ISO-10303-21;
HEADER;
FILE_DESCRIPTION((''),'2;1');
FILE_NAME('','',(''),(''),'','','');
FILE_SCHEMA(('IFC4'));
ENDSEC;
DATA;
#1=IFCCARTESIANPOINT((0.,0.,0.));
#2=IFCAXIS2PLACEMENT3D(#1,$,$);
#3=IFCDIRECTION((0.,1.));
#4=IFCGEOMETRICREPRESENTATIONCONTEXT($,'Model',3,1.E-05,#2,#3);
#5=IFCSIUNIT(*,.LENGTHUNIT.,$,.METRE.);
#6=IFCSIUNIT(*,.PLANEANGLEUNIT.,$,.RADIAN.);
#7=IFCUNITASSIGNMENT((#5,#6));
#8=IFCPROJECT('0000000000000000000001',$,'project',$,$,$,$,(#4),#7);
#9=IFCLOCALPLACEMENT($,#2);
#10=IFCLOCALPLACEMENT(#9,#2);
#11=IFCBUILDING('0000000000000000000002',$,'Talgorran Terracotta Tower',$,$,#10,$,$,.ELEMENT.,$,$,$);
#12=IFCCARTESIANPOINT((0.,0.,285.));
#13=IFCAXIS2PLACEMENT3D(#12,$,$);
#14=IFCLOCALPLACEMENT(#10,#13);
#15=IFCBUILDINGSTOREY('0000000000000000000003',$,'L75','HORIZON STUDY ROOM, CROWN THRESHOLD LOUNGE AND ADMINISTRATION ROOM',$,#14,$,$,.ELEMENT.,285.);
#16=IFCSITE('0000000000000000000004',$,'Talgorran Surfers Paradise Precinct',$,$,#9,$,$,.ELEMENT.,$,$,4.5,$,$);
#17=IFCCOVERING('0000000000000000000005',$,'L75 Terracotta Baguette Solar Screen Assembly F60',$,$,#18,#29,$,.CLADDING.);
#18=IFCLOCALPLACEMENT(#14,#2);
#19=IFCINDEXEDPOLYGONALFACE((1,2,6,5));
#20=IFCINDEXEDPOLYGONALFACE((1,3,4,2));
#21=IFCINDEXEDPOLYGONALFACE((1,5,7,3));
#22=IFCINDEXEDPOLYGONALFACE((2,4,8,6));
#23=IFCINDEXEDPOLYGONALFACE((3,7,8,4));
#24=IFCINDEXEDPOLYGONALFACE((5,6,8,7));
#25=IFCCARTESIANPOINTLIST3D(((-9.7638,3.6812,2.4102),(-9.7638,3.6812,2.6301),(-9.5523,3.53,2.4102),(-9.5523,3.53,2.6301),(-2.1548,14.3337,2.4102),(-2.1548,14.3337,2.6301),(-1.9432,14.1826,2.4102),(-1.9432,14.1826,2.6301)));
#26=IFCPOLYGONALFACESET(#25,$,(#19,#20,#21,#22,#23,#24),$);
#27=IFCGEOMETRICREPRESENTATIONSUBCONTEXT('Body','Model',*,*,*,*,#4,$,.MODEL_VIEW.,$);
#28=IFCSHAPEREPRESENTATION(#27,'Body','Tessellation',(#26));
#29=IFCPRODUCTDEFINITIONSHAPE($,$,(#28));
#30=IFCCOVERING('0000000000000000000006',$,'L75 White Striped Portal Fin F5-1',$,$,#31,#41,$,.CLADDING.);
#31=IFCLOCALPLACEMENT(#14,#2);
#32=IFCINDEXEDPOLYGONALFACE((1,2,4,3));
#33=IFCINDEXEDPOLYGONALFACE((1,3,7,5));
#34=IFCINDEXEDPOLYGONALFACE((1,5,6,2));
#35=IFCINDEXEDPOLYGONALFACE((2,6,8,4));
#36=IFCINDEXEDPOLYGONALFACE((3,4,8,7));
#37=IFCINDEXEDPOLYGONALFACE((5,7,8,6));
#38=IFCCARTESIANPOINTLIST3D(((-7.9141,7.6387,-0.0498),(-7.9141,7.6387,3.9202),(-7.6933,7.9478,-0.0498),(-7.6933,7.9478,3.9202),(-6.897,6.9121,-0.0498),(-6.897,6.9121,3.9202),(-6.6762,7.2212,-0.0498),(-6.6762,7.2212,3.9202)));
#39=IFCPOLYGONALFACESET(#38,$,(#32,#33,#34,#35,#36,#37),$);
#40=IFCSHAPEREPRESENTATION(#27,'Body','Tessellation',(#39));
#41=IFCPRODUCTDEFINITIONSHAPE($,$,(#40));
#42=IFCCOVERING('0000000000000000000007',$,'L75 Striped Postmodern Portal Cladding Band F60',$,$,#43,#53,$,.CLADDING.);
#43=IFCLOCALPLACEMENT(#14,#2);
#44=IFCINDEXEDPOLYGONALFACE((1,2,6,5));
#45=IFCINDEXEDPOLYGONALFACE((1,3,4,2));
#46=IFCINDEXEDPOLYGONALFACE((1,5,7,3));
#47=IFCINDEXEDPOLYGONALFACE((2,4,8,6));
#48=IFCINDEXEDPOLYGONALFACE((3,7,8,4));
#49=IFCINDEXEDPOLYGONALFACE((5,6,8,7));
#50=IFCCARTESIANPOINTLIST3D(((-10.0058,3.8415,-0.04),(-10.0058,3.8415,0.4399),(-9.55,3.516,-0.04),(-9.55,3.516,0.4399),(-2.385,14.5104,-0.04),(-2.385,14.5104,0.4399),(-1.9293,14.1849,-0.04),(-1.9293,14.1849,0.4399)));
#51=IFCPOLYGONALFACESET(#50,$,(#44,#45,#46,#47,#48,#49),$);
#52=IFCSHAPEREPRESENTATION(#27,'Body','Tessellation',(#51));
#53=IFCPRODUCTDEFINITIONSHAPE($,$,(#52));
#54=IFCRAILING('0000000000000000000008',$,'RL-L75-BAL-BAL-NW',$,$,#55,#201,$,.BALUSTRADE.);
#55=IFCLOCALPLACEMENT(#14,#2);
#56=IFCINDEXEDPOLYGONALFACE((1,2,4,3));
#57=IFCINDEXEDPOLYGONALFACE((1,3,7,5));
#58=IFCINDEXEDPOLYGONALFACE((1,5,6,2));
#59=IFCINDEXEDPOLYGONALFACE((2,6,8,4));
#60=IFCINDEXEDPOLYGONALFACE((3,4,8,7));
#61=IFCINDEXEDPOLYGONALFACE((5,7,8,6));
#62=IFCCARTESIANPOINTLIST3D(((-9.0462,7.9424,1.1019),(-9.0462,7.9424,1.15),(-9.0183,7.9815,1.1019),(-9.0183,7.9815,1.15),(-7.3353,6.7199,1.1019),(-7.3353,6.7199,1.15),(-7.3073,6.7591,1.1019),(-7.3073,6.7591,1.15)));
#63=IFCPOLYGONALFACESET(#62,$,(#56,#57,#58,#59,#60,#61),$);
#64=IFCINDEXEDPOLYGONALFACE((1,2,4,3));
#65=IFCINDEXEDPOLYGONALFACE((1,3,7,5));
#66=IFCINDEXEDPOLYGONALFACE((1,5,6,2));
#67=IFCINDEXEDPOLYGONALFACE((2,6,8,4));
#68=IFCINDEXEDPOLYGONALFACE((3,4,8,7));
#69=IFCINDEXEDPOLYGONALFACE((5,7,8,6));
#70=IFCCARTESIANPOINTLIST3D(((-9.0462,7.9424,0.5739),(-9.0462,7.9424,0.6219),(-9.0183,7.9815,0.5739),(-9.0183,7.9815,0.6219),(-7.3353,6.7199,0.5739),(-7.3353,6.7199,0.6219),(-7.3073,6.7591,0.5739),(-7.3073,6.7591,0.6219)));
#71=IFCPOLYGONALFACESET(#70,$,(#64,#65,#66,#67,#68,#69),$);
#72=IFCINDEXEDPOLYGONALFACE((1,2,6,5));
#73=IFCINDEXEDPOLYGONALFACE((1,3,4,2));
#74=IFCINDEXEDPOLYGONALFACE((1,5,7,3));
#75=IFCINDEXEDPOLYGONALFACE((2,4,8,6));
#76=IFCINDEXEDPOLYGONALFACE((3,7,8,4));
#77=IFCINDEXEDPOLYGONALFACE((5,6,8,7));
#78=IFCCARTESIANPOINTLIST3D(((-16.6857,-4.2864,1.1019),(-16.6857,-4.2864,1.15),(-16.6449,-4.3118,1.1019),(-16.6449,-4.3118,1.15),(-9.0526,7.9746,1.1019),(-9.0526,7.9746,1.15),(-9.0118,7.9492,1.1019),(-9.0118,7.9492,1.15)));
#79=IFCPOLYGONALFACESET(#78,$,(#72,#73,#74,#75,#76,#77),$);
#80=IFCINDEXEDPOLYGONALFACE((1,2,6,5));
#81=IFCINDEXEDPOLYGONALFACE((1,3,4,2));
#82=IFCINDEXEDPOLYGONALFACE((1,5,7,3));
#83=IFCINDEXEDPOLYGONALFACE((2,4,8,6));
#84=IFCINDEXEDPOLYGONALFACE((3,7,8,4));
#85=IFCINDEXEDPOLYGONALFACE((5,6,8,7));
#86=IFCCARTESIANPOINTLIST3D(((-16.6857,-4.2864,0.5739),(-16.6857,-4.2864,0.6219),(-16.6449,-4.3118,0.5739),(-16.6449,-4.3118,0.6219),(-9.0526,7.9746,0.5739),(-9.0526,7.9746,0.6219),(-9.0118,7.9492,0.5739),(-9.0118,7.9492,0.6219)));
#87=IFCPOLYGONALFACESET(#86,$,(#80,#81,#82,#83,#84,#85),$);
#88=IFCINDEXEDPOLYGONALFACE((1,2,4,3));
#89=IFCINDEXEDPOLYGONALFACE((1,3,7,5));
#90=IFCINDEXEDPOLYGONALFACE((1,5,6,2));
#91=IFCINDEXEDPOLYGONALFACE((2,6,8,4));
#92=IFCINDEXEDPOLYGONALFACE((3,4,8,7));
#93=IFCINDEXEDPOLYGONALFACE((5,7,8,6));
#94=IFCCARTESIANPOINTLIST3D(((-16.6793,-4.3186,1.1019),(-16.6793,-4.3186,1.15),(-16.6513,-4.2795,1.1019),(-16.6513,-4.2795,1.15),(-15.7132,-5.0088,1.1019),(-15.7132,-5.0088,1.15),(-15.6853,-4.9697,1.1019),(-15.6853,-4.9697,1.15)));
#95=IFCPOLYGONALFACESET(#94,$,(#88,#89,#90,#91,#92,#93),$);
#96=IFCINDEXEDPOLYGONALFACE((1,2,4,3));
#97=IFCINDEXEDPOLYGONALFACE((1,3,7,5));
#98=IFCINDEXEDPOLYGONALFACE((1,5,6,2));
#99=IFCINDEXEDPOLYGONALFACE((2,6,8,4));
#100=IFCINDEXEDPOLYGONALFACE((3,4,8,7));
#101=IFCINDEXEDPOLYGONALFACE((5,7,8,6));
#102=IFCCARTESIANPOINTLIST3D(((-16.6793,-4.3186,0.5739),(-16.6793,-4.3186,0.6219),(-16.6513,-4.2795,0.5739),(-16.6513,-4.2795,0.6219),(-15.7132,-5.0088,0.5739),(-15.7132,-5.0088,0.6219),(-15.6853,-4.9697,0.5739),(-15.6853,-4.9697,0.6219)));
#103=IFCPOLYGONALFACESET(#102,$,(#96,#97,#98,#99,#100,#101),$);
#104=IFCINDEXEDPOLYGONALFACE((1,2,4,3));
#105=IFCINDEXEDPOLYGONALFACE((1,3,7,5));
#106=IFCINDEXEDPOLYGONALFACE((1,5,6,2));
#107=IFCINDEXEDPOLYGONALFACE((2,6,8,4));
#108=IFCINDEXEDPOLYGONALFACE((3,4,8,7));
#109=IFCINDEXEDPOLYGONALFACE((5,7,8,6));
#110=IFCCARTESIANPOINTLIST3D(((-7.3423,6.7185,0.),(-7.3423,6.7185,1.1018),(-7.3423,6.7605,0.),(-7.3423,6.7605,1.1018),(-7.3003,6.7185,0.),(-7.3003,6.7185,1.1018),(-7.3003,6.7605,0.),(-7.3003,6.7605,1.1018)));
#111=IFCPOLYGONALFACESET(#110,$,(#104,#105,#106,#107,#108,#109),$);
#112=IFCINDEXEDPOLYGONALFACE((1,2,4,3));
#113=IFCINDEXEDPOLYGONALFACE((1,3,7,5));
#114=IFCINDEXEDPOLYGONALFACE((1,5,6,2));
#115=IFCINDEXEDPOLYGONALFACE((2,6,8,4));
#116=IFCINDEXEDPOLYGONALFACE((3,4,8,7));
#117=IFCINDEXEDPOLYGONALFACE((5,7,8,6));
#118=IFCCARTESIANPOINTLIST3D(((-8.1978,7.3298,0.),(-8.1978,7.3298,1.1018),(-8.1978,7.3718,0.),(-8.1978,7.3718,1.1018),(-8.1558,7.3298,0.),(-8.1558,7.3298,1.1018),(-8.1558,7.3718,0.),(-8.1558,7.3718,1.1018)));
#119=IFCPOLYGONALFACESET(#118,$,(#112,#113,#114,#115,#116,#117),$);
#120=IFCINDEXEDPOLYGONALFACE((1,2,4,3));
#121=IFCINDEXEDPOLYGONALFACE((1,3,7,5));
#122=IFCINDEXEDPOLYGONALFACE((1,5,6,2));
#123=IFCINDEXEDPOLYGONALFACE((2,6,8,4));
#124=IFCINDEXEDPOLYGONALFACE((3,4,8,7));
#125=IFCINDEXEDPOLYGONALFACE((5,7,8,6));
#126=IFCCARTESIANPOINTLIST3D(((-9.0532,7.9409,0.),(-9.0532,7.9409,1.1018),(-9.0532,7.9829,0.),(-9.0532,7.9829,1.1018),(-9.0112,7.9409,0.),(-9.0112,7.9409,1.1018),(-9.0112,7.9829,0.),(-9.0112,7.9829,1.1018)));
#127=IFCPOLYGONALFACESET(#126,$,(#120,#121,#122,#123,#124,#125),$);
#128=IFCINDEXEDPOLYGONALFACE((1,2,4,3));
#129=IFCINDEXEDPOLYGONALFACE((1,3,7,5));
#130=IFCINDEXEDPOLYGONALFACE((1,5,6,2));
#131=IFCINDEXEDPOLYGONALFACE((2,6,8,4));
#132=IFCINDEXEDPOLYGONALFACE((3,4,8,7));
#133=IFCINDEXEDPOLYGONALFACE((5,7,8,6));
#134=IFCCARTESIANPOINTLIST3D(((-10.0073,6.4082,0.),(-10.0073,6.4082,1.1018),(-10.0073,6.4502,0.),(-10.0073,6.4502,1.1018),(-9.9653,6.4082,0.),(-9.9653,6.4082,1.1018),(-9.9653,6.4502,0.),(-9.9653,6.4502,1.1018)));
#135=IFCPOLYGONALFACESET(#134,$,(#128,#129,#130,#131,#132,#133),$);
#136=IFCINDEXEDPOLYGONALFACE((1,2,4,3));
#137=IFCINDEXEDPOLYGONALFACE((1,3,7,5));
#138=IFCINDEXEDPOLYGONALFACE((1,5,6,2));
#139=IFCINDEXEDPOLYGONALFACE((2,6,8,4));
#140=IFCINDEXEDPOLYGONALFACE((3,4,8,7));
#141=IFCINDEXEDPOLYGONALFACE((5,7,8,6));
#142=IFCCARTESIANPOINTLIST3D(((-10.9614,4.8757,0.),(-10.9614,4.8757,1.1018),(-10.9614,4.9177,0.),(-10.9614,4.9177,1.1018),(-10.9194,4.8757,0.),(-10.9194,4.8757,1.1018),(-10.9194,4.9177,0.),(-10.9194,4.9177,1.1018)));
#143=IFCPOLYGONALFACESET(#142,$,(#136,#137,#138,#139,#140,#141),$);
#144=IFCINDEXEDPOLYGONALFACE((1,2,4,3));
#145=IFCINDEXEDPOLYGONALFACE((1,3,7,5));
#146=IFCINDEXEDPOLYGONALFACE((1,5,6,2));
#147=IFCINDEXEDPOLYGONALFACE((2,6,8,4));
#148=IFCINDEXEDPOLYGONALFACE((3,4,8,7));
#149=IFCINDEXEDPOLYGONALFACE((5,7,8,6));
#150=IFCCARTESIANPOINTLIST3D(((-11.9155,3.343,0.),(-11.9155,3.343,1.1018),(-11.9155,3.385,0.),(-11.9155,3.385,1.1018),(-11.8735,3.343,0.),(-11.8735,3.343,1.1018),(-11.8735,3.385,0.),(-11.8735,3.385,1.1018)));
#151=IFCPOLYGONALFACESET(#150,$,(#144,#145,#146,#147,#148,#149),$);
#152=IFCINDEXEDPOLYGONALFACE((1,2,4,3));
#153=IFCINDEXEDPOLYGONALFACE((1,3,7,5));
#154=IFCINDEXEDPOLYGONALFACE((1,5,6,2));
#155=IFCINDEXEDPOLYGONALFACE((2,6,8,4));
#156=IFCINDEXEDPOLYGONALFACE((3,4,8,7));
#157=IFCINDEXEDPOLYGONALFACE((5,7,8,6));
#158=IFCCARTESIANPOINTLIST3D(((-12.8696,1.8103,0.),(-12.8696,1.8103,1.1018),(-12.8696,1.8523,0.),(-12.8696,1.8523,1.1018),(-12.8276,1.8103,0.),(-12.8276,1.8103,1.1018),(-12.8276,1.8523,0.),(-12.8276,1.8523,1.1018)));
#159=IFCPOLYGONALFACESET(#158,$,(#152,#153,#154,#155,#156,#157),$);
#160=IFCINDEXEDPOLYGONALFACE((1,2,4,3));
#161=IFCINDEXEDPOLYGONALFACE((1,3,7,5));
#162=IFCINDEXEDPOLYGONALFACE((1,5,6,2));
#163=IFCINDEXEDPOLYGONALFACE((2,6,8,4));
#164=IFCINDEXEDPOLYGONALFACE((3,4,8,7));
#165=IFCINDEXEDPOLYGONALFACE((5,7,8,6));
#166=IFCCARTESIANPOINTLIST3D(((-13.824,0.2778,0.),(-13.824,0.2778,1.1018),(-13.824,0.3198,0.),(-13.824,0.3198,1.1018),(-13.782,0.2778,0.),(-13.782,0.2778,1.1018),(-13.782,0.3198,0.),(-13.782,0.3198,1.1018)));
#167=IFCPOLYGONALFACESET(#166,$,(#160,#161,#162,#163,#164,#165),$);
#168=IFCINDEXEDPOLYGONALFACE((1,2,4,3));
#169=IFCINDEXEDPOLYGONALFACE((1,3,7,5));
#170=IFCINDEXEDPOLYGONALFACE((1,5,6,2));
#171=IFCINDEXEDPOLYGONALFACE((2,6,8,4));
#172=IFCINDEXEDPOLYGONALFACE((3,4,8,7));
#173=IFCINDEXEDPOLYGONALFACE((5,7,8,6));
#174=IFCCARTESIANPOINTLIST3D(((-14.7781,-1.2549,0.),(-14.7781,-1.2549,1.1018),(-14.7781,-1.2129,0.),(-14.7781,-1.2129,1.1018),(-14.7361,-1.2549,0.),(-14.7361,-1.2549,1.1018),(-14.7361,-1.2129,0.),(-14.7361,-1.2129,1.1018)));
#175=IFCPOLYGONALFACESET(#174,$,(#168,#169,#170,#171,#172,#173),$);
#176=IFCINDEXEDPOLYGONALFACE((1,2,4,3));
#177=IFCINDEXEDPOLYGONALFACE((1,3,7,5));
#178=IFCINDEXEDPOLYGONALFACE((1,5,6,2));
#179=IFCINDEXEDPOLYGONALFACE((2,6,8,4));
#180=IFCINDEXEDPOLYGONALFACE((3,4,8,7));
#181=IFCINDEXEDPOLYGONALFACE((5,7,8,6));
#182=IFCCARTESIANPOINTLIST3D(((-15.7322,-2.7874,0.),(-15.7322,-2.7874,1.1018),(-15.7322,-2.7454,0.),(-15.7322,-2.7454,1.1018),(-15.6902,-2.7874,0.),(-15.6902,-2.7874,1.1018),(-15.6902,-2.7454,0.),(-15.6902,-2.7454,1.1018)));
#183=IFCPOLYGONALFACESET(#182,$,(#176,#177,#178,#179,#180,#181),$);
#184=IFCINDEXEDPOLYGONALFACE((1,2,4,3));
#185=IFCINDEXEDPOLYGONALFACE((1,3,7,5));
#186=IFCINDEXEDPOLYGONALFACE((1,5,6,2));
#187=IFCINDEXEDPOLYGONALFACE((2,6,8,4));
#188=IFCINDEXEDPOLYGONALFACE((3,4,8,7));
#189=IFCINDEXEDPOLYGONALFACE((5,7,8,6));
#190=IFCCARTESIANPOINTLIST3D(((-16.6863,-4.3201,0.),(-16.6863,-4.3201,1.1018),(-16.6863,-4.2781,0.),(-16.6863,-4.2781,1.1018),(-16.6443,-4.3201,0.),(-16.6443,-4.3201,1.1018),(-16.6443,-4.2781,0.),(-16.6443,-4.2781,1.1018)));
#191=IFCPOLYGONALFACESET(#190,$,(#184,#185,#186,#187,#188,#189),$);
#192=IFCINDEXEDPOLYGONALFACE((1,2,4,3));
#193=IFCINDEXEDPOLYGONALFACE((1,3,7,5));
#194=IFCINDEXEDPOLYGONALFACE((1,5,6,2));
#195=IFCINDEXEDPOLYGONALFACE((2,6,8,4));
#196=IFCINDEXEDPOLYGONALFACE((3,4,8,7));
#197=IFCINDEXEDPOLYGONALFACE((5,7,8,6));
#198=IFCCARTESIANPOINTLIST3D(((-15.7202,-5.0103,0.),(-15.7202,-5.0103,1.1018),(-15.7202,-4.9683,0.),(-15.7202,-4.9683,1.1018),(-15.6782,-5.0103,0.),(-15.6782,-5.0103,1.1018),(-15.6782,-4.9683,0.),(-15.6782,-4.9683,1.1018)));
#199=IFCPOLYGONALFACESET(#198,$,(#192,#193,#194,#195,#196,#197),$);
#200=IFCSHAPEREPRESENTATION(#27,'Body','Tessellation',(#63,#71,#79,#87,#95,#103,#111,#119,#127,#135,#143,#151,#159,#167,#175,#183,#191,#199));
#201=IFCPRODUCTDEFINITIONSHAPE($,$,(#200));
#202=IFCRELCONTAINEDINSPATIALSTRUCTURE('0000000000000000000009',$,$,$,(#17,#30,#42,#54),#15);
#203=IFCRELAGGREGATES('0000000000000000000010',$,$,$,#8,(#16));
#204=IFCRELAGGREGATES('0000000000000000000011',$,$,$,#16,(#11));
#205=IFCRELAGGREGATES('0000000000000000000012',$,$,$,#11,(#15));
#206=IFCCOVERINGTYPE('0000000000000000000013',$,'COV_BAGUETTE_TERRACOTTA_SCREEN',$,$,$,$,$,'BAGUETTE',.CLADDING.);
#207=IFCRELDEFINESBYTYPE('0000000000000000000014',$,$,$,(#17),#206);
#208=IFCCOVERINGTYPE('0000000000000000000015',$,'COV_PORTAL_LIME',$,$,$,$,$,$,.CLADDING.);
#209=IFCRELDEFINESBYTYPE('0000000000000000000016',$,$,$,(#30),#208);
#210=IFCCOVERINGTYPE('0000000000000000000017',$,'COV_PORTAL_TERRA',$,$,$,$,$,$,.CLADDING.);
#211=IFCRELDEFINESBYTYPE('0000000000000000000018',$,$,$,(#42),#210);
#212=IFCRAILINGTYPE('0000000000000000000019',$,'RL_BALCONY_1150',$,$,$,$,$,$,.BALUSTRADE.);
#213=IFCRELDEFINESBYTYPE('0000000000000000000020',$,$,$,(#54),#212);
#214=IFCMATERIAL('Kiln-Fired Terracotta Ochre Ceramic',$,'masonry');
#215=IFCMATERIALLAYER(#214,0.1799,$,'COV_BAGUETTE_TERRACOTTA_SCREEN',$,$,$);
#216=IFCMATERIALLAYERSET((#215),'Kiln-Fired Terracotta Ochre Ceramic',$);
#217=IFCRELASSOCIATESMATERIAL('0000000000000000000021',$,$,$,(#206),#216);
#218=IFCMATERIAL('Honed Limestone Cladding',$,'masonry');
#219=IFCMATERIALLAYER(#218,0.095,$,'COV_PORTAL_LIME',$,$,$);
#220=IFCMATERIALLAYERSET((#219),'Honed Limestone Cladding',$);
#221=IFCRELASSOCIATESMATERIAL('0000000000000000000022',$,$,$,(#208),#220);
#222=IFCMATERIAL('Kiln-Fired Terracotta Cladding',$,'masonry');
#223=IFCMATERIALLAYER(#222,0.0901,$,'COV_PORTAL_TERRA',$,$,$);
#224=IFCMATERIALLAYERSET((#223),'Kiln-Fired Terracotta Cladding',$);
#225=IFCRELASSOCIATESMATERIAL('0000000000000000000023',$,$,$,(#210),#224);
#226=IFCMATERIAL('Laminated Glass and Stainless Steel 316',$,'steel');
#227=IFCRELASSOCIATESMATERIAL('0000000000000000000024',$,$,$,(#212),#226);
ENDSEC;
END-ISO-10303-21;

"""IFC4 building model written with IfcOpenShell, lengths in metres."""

from ifc_helpers import new_model, si_unit, direction, frame, origin, origin_2d, place, context, subcontext, project, spatial, rectangle, extrude, material, layer, layer_set, type_object, element, save


model = new_model("IFC4")

# Units and contexts
model_context = context("Model", 3, precision=1e-05, world=origin(), true_north=direction((0.0, 1.0)))
body_context = subcontext(model_context, "Body", "Model", "MODEL_VIEW")
ifc_project = project(units=[si_unit("LENGTHUNIT", "METRE"), si_unit("PLANEANGLEUNIT", "RADIAN")], contexts=[model_context])

# Site, building, storey
site_placement = place(None, origin())
site = spatial("IfcSite", under=ifc_project, at=site_placement, Name="Talgorran Surfers Paradise Precinct", CompositionType="ELEMENT", RefElevation=4.5)
building_placement = place(site_placement, origin())
building = spatial("IfcBuilding", under=site, at=building_placement, Name="Talgorran Terracotta Tower", CompositionType="ELEMENT")
storey_placement = place(building_placement, frame((0.0, 0.0, 285.0)))
storey = spatial("IfcBuildingStorey", under=building, at=storey_placement, Name="L75", Description="HORIZON STUDY ROOM, CROWN THRESHOLD LOUNGE AND ADMINISTRATION ROOM", CompositionType="ELEMENT", Elevation=285.0)

# Coverings
ifc_material_1 = material(Name="Kiln-Fired Terracotta Ochre Ceramic", Category="masonry")
ifc_layer_1 = layer(ifc_material_1, 0.1799, Name="COV_BAGUETTE_TERRACOTTA_SCREEN")
ifc_layer_set_1 = layer_set([ifc_layer_1], Name="Kiln-Fired Terracotta Ochre Ceramic")
covering_type_1 = type_object("IfcCoveringType", Name="COV_BAGUETTE_TERRACOTTA_SCREEN", ElementType="BAGUETTE", PredefinedType="CLADDING", material=ifc_layer_set_1)
covering_1_placement = place(storey_placement, frame((-5.8535, 8.9319, 2.4102), z_axis=(0.0, 0.0, 1.0), x_axis=(-0.581243, -0.81373, 0.0)))
element("IfcCovering", 1, at=covering_1_placement, inside=storey, type_object=covering_type_1, Name="L75 Terracotta Baguette Solar Screen Assembly F60", PredefinedType="CLADDING", context=body_context, shape_type="SweptSolid", body=[
    extrude(rectangle(XDim=13.0911, YDim=0.26, at=origin_2d()), origin(), (0.0, 0.0, 1.0), 0.22),
])
ifc_material_2 = material(Name="Honed Limestone Cladding", Category="masonry")
ifc_layer_2 = layer(ifc_material_2, 0.095, Name="COV_PORTAL_LIME")
ifc_layer_set_2 = layer_set([ifc_layer_2], Name="Honed Limestone Cladding")
covering_type_2 = type_object("IfcCoveringType", Name="COV_PORTAL_LIME", PredefinedType="CLADDING", material=ifc_layer_set_2)
covering_2_placement = place(storey_placement, frame((-7.2952, 7.4299, -0.0498), z_axis=(0.0, 0.0, 1.0), x_axis=(-0.581257, -0.81372, 0.0)))
element("IfcCovering", 2, at=covering_2_placement, inside=storey, type_object=covering_type_2, Name="L75 White Striped Portal Fin F5-1", PredefinedType="CLADDING", context=body_context, shape_type="SweptSolid", body=[
    extrude(rectangle(XDim=0.3799, YDim=1.25, at=origin_2d()), origin(), (0.0, 0.0, 1.0), 3.97),
])
ifc_material_3 = material(Name="Kiln-Fired Terracotta Cladding", Category="masonry")
ifc_layer_3 = layer(ifc_material_3, 0.0901, Name="COV_PORTAL_TERRA")
ifc_layer_set_3 = layer_set([ifc_layer_3], Name="Kiln-Fired Terracotta Cladding")
covering_type_3 = type_object("IfcCoveringType", Name="COV_PORTAL_TERRA", PredefinedType="CLADDING", material=ifc_layer_set_3)
covering_3_placement = place(storey_placement, frame((-5.9675, 9.0132, -0.04), z_axis=(0.0, 0.0, 1.0), x_axis=(-0.581243, -0.81373, 0.0)))
element("IfcCovering", 3, at=covering_3_placement, inside=storey, type_object=covering_type_3, Name="L75 Striped Postmodern Portal Cladding Band F60", PredefinedType="CLADDING", context=body_context, shape_type="SweptSolid", body=[
    extrude(rectangle(XDim=13.1111, YDim=0.5601, at=origin_2d()), origin(), (0.0, 0.0, 1.0), 0.48),
])

# Railing
ifc_material_4 = material(Name="Laminated Glass and Stainless Steel 316", Category="steel")
railing_type = type_object("IfcRailingType", Name="RL_BALCONY_1150", PredefinedType="BALUSTRADE", material=ifc_material_4)
railing_placement = place(storey_placement, frame((-7.3213, 6.7395, 0.0)))
element("IfcRailing", 4, at=railing_placement, inside=storey, type_object=railing_type, Name="RL-L75-BAL-BAL-NW", PredefinedType="BALUSTRADE", context=body_context, shape_type="SweptSolid", body=[
    extrude(rectangle(XDim=0.0481, YDim=0.0481, at=origin_2d()), frame((0.0, 0.0, 1.126), z_axis=(-0.813663, 0.581337, 0.0), x_axis=(-0.581337, -0.813663, 0.0)), (0.0, 0.0, 1.0), 2.1028),
    extrude(rectangle(XDim=0.0481, YDim=0.0481, at=origin_2d()), frame((0.0, 0.0, 0.5979), z_axis=(-0.813663, 0.581337, 0.0), x_axis=(-0.581337, -0.813663, 0.0)), (0.0, 0.0, 1.0), 2.1028),
    extrude(rectangle(XDim=0.0481, YDim=0.0481, at=origin_2d()), frame((-1.7109, 1.2224, 1.126), z_axis=(-0.528501, -0.848932, 0.0), x_axis=(0.848932, -0.528501, 0.0)), (0.0, 0.0, 1.0), 14.4429),
    extrude(rectangle(XDim=0.0481, YDim=0.0481, at=origin_2d()), frame((-1.7109, 1.2224, 0.5979), z_axis=(-0.528501, -0.848932, 0.0), x_axis=(0.848932, -0.528501, 0.0)), (0.0, 0.0, 1.0), 14.4429),
    extrude(rectangle(XDim=0.0481, YDim=0.0481, at=origin_2d()), frame((-9.344, -11.0386, 1.126), z_axis=(0.813678, -0.581316, 0.0), x_axis=(0.581316, 0.813678, 0.0)), (0.0, 0.0, 1.0), 1.1873),
    extrude(rectangle(XDim=0.0481, YDim=0.0481, at=origin_2d()), frame((-9.344, -11.0386, 0.5979), z_axis=(0.813678, -0.581316, 0.0), x_axis=(0.581316, 0.813678, 0.0)), (0.0, 0.0, 1.0), 1.1873),
    extrude(rectangle(XDim=0.042, YDim=0.042, at=origin_2d()), origin(), (0.0, 0.0, 1.0), 1.1018),
    extrude(rectangle(XDim=0.042, YDim=0.042, at=origin_2d()), frame((-0.8555, 0.6113, 0.0)), (0.0, 0.0, 1.0), 1.1018),
    extrude(rectangle(XDim=0.042, YDim=0.042, at=origin_2d()), frame((-1.7109, 1.2224, 0.0)), (0.0, 0.0, 1.0), 1.1018),
    extrude(rectangle(XDim=0.042, YDim=0.042, at=origin_2d()), frame((-2.665, -0.3103, 0.0)), (0.0, 0.0, 1.0), 1.1018),
    extrude(rectangle(XDim=0.042, YDim=0.042, at=origin_2d()), frame((-3.6191, -1.8428, 0.0)), (0.0, 0.0, 1.0), 1.1018),
    extrude(rectangle(XDim=0.042, YDim=0.042, at=origin_2d()), frame((-4.5732, -3.3755, 0.0)), (0.0, 0.0, 1.0), 1.1018),
    extrude(rectangle(XDim=0.042, YDim=0.042, at=origin_2d()), frame((-5.5273, -4.9082, 0.0)), (0.0, 0.0, 1.0), 1.1018),
    extrude(rectangle(XDim=0.042, YDim=0.042, at=origin_2d()), frame((-6.4817, -6.4407, 0.0)), (0.0, 0.0, 1.0), 1.1018),
    extrude(rectangle(XDim=0.042, YDim=0.042, at=origin_2d()), frame((-7.4358, -7.9734, 0.0)), (0.0, 0.0, 1.0), 1.1018),
    extrude(rectangle(XDim=0.042, YDim=0.042, at=origin_2d()), frame((-8.3899, -9.5059, 0.0)), (0.0, 0.0, 1.0), 1.1018),
    extrude(rectangle(XDim=0.042, YDim=0.042, at=origin_2d()), frame((-9.344, -11.0386, 0.0)), (0.0, 0.0, 1.0), 1.1018),
    extrude(rectangle(XDim=0.042, YDim=0.042, at=origin_2d()), frame((-8.3779, -11.7288, 0.0)), (0.0, 0.0, 1.0), 1.1018),
])

save(model, "model.ifc")
